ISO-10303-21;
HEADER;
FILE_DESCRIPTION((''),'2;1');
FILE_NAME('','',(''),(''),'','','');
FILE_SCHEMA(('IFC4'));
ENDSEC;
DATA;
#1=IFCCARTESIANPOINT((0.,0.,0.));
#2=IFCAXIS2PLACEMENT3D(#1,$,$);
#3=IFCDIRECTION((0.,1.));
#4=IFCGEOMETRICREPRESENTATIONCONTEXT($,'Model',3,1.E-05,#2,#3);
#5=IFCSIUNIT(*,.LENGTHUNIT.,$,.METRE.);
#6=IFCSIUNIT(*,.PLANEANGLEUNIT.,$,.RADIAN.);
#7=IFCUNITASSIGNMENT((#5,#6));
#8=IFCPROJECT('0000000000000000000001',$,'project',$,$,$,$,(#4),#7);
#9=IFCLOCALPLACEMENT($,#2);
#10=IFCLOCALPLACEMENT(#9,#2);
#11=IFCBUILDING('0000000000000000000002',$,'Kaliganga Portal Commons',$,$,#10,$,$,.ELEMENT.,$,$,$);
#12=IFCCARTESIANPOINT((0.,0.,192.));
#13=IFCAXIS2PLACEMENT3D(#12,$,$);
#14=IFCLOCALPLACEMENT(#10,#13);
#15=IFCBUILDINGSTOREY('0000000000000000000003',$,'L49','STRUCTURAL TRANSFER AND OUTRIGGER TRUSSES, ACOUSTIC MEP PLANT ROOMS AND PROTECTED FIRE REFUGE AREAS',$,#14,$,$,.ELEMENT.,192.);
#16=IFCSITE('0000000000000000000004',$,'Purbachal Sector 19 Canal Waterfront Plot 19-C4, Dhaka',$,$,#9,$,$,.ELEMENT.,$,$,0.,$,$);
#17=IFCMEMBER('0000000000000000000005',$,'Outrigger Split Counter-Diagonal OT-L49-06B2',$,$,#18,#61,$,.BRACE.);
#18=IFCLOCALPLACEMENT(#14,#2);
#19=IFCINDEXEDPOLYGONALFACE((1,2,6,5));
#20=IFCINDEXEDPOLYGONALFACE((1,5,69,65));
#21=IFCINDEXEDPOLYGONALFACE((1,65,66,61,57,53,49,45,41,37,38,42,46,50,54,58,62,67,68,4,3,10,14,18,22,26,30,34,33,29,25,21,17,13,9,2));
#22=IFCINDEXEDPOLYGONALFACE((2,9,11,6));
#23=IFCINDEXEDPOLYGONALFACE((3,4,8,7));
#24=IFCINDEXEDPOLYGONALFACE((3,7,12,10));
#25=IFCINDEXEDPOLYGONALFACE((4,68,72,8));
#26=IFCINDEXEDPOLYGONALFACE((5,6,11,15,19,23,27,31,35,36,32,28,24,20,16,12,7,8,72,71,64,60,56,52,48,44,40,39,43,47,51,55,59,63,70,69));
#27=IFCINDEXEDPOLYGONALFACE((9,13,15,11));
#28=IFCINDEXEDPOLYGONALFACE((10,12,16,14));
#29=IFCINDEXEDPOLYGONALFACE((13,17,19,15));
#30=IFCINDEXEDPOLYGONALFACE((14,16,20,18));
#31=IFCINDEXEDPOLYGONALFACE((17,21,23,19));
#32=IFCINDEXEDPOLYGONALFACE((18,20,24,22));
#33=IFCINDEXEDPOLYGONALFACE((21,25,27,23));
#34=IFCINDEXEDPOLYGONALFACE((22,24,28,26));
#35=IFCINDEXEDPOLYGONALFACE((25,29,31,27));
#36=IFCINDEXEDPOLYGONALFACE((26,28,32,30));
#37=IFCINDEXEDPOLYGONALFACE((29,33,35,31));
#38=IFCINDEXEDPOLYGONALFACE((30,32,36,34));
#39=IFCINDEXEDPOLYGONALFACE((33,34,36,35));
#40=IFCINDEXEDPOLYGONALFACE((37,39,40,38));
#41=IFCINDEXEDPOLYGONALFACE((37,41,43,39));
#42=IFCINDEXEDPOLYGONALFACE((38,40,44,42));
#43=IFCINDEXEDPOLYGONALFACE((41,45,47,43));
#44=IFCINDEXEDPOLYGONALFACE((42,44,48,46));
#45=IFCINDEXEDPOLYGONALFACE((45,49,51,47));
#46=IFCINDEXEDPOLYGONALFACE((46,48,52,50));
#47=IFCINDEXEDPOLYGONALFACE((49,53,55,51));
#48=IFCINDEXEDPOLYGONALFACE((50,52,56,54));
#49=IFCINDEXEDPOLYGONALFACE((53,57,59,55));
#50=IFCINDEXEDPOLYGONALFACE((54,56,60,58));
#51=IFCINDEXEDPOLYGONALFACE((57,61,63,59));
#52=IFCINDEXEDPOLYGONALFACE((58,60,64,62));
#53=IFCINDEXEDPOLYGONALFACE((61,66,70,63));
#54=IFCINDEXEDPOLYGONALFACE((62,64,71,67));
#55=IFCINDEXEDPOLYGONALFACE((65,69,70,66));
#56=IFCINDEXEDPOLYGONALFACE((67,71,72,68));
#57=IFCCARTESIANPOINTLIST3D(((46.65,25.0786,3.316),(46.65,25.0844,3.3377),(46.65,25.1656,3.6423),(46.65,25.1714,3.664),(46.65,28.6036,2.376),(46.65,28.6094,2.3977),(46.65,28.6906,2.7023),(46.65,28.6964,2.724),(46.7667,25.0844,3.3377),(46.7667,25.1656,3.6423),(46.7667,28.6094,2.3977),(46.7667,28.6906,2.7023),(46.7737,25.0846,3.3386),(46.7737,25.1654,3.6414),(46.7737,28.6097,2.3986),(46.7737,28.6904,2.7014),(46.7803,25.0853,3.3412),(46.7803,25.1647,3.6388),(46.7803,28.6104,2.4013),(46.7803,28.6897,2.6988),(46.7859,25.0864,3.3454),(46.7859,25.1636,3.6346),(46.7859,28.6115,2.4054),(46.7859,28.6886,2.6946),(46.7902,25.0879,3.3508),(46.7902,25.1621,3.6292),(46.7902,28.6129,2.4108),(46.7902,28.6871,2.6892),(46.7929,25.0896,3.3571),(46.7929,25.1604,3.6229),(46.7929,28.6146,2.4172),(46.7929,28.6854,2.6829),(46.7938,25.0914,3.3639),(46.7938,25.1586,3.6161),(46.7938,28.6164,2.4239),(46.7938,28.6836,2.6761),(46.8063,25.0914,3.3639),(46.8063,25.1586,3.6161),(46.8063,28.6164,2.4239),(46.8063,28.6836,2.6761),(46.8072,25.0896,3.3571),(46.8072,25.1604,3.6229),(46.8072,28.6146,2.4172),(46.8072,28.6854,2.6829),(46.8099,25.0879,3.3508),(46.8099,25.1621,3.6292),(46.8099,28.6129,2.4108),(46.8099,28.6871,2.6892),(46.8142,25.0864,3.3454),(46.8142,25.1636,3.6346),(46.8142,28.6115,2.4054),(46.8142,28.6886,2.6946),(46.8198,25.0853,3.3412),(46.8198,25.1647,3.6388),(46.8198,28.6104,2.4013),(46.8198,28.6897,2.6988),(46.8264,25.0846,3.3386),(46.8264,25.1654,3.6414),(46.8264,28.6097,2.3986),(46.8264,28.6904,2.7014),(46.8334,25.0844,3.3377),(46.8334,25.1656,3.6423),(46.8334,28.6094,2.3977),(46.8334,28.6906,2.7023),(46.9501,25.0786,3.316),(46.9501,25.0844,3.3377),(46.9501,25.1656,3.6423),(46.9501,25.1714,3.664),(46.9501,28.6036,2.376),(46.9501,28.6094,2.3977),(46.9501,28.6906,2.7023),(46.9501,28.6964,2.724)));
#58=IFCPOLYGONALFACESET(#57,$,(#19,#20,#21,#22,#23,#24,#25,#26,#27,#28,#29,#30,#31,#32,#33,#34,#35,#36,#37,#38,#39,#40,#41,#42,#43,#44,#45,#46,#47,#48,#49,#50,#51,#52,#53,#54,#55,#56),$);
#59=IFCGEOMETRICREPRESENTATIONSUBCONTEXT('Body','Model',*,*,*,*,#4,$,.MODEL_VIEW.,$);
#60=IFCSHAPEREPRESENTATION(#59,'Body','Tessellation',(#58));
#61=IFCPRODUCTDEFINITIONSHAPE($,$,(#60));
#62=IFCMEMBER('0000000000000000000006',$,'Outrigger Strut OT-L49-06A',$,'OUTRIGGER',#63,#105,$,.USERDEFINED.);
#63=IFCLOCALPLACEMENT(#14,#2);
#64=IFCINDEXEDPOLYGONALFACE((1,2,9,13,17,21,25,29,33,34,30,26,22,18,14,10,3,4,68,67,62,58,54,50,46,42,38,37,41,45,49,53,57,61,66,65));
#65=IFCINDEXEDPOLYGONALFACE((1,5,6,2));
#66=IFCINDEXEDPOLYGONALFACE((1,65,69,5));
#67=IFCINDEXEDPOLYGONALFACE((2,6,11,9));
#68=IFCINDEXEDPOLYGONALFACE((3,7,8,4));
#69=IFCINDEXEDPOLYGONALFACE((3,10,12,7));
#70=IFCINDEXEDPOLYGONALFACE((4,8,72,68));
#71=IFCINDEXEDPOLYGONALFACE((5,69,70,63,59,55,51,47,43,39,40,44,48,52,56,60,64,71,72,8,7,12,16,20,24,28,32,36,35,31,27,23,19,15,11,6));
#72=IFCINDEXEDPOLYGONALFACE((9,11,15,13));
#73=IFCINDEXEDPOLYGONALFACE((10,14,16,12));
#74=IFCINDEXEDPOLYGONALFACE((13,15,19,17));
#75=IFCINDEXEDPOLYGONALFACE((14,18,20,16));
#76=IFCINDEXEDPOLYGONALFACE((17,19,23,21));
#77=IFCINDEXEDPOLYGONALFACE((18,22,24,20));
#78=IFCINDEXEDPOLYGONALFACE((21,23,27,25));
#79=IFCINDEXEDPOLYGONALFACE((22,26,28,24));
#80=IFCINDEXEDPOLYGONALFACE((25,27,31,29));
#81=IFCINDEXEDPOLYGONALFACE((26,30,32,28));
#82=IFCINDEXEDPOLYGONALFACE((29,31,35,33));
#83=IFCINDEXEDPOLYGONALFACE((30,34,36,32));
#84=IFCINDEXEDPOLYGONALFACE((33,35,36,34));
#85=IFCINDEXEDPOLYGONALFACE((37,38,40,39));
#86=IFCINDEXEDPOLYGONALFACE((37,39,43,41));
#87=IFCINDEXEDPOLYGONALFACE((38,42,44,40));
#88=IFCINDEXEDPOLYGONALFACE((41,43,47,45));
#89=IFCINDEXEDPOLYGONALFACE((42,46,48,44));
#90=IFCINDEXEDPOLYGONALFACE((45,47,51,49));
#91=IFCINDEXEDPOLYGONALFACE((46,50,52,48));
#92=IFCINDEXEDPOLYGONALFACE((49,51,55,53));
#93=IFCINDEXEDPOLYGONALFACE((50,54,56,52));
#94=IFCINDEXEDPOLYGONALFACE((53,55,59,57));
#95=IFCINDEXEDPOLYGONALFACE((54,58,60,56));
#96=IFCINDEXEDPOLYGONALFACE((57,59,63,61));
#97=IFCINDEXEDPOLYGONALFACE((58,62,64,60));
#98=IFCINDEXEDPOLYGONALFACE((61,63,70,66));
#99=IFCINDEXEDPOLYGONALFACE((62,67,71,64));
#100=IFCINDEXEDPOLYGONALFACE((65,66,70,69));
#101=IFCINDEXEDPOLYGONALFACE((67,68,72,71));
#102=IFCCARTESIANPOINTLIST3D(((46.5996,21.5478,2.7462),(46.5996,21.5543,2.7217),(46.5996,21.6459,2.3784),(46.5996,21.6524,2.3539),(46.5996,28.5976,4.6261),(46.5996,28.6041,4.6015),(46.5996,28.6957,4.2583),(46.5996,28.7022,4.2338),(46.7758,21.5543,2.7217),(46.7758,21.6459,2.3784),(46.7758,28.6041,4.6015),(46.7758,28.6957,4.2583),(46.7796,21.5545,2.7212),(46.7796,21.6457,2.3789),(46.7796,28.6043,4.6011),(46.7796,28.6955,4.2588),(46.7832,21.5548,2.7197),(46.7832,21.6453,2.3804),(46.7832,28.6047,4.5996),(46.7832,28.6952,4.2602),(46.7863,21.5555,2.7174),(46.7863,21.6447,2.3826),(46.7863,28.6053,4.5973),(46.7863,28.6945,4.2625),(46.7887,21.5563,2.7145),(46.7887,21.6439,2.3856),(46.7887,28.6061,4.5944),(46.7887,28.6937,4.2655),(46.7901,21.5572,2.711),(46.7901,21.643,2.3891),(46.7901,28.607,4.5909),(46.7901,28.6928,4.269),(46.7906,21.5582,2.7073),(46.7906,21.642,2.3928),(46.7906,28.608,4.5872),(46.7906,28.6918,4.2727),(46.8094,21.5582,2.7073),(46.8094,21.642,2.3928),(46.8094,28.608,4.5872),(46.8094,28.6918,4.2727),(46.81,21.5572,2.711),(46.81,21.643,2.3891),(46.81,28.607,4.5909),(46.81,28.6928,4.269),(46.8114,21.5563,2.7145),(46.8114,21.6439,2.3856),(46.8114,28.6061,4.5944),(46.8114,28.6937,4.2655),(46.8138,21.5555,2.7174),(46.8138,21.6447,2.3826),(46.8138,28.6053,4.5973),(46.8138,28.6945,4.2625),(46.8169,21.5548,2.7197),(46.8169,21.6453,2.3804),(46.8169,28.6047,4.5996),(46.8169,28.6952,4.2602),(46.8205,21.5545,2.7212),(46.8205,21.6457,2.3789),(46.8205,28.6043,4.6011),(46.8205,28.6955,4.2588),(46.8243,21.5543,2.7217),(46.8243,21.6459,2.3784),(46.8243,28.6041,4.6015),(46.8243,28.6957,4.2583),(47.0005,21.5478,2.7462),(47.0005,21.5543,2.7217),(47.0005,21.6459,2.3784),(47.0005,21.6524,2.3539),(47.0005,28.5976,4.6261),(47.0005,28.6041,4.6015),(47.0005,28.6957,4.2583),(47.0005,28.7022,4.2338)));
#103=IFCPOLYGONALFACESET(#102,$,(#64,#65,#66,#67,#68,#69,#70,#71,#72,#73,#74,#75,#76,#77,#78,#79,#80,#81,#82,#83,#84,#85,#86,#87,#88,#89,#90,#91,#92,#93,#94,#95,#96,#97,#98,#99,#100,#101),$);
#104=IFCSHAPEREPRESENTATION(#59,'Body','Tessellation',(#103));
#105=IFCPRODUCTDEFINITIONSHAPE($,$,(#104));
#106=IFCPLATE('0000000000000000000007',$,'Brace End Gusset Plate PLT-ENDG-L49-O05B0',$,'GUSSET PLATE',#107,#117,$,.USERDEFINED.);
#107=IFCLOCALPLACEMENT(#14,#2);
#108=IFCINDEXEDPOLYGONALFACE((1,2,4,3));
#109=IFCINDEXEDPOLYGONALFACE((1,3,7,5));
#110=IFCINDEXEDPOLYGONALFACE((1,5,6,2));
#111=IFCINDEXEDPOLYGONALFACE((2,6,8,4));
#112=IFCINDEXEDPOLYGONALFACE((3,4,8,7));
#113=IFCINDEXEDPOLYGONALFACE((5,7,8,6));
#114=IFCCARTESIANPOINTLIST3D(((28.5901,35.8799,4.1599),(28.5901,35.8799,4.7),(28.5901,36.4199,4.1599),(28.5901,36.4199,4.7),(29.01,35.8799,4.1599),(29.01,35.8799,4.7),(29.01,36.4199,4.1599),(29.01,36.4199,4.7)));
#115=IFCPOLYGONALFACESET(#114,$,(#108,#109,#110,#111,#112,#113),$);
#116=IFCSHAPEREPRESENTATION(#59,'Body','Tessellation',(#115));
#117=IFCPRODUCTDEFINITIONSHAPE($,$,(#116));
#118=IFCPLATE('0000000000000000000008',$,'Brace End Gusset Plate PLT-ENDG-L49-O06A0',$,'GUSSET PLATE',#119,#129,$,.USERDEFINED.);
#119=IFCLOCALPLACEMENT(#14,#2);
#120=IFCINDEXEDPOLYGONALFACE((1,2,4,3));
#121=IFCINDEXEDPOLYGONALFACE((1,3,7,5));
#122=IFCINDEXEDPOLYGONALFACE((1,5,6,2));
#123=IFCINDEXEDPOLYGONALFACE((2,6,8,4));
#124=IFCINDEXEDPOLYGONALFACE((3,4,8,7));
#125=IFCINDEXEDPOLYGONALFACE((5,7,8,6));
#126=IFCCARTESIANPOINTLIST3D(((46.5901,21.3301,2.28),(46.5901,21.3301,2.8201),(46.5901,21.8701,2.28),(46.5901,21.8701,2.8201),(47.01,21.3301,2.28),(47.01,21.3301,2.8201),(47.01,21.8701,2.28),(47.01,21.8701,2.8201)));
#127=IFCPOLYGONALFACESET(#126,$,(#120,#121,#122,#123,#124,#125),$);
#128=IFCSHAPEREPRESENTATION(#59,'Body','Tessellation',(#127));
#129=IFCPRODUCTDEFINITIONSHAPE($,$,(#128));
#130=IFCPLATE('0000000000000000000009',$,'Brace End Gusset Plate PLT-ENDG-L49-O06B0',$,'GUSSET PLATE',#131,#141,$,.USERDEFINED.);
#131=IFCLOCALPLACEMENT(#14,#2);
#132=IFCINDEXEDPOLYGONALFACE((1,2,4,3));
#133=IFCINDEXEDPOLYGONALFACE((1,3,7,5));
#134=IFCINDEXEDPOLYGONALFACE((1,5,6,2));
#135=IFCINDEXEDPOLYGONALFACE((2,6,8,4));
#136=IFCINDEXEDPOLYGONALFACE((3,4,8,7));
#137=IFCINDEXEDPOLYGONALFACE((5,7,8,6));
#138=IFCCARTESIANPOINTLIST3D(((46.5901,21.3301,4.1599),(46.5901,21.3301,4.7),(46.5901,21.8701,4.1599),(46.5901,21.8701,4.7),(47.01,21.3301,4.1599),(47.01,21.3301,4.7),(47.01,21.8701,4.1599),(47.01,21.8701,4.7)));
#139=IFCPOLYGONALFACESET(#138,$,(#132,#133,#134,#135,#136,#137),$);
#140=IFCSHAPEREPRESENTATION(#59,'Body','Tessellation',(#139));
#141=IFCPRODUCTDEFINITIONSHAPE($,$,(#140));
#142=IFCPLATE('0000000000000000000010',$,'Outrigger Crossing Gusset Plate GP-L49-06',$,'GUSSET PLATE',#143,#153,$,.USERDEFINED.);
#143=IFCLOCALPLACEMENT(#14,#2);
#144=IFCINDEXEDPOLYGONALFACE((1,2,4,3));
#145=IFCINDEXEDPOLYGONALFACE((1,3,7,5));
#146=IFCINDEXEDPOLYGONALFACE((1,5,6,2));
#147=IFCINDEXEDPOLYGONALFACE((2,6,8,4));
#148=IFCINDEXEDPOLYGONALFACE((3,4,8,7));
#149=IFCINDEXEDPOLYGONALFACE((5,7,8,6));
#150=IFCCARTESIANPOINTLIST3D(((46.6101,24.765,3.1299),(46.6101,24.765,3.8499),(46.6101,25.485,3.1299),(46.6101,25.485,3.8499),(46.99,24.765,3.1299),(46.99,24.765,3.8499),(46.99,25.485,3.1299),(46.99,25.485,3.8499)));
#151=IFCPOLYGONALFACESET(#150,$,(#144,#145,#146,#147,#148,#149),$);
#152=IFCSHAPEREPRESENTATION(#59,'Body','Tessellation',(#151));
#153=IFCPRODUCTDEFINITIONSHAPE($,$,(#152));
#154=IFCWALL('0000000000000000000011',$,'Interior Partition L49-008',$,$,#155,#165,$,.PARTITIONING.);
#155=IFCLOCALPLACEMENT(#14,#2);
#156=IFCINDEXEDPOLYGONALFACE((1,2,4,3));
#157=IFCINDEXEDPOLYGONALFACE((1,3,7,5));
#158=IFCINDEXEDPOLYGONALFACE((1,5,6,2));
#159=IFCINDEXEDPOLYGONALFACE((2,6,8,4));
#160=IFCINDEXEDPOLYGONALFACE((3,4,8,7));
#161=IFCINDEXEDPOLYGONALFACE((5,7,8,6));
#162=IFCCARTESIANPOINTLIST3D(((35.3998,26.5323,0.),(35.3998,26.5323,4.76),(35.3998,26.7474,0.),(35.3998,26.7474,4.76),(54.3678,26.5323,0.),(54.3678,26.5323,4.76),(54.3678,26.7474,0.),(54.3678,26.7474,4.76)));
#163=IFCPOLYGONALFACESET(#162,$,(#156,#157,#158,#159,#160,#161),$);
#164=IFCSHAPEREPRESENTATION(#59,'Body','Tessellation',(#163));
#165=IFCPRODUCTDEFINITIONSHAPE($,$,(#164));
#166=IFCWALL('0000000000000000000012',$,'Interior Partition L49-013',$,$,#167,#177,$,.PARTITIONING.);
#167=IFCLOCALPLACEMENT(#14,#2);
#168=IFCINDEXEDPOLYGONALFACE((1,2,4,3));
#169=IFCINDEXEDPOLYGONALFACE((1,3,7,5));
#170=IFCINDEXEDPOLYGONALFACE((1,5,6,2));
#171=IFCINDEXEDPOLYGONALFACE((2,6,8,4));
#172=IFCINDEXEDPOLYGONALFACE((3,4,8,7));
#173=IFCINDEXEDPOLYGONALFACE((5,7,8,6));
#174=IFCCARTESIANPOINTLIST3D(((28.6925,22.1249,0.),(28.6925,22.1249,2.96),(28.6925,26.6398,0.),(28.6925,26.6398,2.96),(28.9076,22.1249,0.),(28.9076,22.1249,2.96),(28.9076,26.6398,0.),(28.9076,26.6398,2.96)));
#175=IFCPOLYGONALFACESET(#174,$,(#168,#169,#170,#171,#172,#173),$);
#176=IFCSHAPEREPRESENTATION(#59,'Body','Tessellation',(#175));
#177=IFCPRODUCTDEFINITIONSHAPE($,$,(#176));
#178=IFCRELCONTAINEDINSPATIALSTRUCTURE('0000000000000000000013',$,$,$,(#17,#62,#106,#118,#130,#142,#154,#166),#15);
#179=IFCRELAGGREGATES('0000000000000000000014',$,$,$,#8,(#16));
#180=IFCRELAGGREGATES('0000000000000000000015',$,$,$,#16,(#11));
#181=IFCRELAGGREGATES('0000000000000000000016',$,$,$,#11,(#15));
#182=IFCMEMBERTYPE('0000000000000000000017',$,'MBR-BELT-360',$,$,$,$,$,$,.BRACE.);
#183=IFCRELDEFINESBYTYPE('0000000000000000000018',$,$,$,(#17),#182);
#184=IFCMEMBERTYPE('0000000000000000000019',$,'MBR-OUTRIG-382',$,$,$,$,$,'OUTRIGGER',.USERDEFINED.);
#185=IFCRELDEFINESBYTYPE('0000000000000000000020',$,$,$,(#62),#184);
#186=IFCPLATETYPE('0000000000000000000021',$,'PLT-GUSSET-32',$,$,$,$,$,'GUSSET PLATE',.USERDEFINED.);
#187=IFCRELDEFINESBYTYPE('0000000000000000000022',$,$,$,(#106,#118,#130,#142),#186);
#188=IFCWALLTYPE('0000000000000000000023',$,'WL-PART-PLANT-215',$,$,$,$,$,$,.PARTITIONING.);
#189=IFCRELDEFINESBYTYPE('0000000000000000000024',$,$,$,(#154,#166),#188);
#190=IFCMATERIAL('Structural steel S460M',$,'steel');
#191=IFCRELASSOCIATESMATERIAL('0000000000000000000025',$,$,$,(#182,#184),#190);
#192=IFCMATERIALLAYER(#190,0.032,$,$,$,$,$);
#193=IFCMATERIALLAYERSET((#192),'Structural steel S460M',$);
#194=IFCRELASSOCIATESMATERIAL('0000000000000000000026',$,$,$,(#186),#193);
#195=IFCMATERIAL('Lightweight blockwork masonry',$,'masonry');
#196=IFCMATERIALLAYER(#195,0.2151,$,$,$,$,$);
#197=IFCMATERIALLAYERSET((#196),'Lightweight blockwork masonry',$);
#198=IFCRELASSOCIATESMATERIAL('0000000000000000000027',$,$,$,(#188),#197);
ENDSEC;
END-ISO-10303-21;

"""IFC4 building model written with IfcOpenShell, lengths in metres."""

from ifc_helpers import new_model, si_unit, direction, frame, frame_2d, origin, origin_2d, place, context, subcontext, project, spatial, rectangle, i_section, extrude, source, transform, mapped, material, layer, layer_set, material_profile, profile_set, type_object, element, save


model = new_model("IFC4")

# Units and contexts
model_context = context("Model", 3, precision=1e-05, world=origin(), true_north=direction((0.0, 1.0)))
body_context = subcontext(model_context, "Body", "Model", "MODEL_VIEW")
ifc_project = project(units=[si_unit("LENGTHUNIT", "METRE"), si_unit("PLANEANGLEUNIT", "RADIAN")], contexts=[model_context])

# Site, building, storey
site_placement = place(None, origin())
site = spatial("IfcSite", under=ifc_project, at=site_placement, Name="Purbachal Sector 19 Canal Waterfront Plot 19-C4, Dhaka", CompositionType="ELEMENT", RefElevation=0.0)
building_placement = place(site_placement, origin())
building = spatial("IfcBuilding", under=site, at=building_placement, Name="Kaliganga Portal Commons", CompositionType="ELEMENT")
storey_placement = place(building_placement, frame((0.0, 0.0, 192.0)))
storey = spatial("IfcBuildingStorey", under=building, at=storey_placement, Name="L49", Description="STRUCTURAL TRANSFER AND OUTRIGGER TRUSSES, ACOUSTIC MEP PLANT ROOMS AND PROTECTED FIRE REFUGE AREAS", CompositionType="ELEMENT", Elevation=192.0)

# Members
ifc_material_1 = material(Name="Structural steel S460M", Category="steel")
ifc_material_profile_1 = material_profile(ifc_material_1, i_section(OverallWidth=0.3, OverallDepth=0.3601, WebThickness=0.0125, FlangeThickness=0.0225, FilletRadius=0.0271, at=origin_2d()), Name="HE 360 B")
ifc_profile_set_1 = profile_set([ifc_material_profile_1], Name="Structural steel S460M wide-flange")
member_type_1 = type_object("IfcMemberType", Name="MBR-BELT-360", PredefinedType="BRACE", material=ifc_profile_set_1)
shared_shape_1 = source(origin(), body_context, "Body", "SweptSolid", [
    extrude(i_section(OverallWidth=0.3, OverallDepth=0.3601, WebThickness=0.0125, FlangeThickness=0.0225, FilletRadius=0.0271, at=origin_2d()), origin(), (0.0, 0.0, 1.0), 3.6482),
])
for number, where, z_axis, x_axis, name in (
    (1, (46.8, 25.125, 3.49), (0.0, 0.966237, -0.257654), (-1.0, 0.0, 0.0), "Outrigger Split Counter-Diagonal OT-L49-06B2"),
):
    element("IfcMember", number, at=place(storey_placement, frame(where, z_axis=z_axis, x_axis=x_axis)), inside=storey, type_object=member_type_1, Name=name, PredefinedType="BRACE", context=body_context, shape_type="MappedRepresentation", body=[
        mapped(shared_shape_1, transform((0.0, 0.0, 0.0), x_axis=(1.0, 0.0, 0.0), y_axis=(0.0, 1.0, 0.0), z_axis=(0.0, 0.0, 1.0), scale=1.0)),
    ])
ifc_material_profile_2 = material_profile(ifc_material_1, i_section(OverallWidth=0.4009, OverallDepth=0.406, WebThickness=0.0188, FlangeThickness=0.0254, FilletRadius=0.0149, at=origin_2d()), Name="HD 400x314")
ifc_profile_set_2 = profile_set([ifc_material_profile_2], Name="Structural steel S460M wide-flange")
member_type_2 = type_object("IfcMemberType", Name="MBR-OUTRIG-382", ElementType="OUTRIGGER", PredefinedType="USERDEFINED", material=ifc_profile_set_2)
shared_shape_2 = source(origin(), body_context, "Body", "SweptSolid", [
    extrude(i_section(OverallWidth=0.4009, OverallDepth=0.406, WebThickness=0.0188, FlangeThickness=0.0254, FilletRadius=0.0149, at=origin_2d()), origin(), (0.0, 0.0, 1.0), 7.2961),
])
member_placement = place(storey_placement, frame((46.8, 21.6001, 2.55), z_axis=(0.0, 0.966237, 0.257654), x_axis=(-1.0, 0.0, 0.0)))
element("IfcMember", 2, at=member_placement, inside=storey, type_object=member_type_2, Name="Outrigger Strut OT-L49-06A", ObjectType="OUTRIGGER", PredefinedType="USERDEFINED", context=body_context, shape_type="MappedRepresentation", body=[
    mapped(shared_shape_2, transform((0.0, 0.0, 0.0), x_axis=(1.0, 0.0, 0.0), y_axis=(0.0, 1.0, 0.0), z_axis=(0.0, 0.0, 1.0), scale=1.0)),
])

# Plates
ifc_layer_1 = layer(ifc_material_1, 0.032)
ifc_layer_set_1 = layer_set([ifc_layer_1], Name="Structural steel S460M")
plate_type = type_object("IfcPlateType", Name="PLT-GUSSET-32", ElementType="GUSSET PLATE", PredefinedType="USERDEFINED", material=ifc_layer_set_1)
shared_shape_3 = source(origin(), body_context, "Body", "SweptSolid", [
    extrude(rectangle(XDim=0.54, YDim=0.4199, at=origin_2d()), origin(), (0.0, 0.0, 1.0), 0.54),
])
for number, where, z_axis, x_axis, name in (
    (3, (28.8, 36.1499, 4.1599), (0.0, 0.0, 1.0), (0.0, 1.0, 0.0), "Brace End Gusset Plate PLT-ENDG-L49-O05B0"),
    (4, (46.8, 21.6001, 2.28), (0.0, 0.0, 1.0), (0.0, 1.0, 0.0), "Brace End Gusset Plate PLT-ENDG-L49-O06A0"),
    (5, (46.8, 21.6001, 4.1599), (0.0, 0.0, 1.0), (0.0, 1.0, 0.0), "Brace End Gusset Plate PLT-ENDG-L49-O06B0"),
):
    element("IfcPlate", number, at=place(storey_placement, frame(where, z_axis=z_axis, x_axis=x_axis)), inside=storey, type_object=plate_type, Name=name, ObjectType="GUSSET PLATE", PredefinedType="USERDEFINED", context=body_context, shape_type="MappedRepresentation", body=[
        mapped(shared_shape_3, transform((0.0, 0.0, 0.0), x_axis=(1.0, 0.0, 0.0), y_axis=(0.0, 1.0, 0.0), z_axis=(0.0, 0.0, 1.0), scale=1.0)),
    ])
shared_shape_4 = source(origin(), body_context, "Body", "SweptSolid", [
    extrude(rectangle(XDim=0.72, YDim=0.3799, at=origin_2d()), origin(), (0.0, 0.0, 1.0), 0.72),
])
plate_placement = place(storey_placement, frame((46.8, 25.125, 3.1299), z_axis=(0.0, 0.0, 1.0), x_axis=(0.0, 1.0, 0.0)))
element("IfcPlate", 6, at=plate_placement, inside=storey, type_object=plate_type, Name="Outrigger Crossing Gusset Plate GP-L49-06", ObjectType="GUSSET PLATE", PredefinedType="USERDEFINED", context=body_context, shape_type="MappedRepresentation", body=[
    mapped(shared_shape_4, transform((0.0, 0.0, 0.0), x_axis=(1.0, 0.0, 0.0), y_axis=(0.0, 1.0, 0.0), z_axis=(0.0, 0.0, 1.0), scale=1.0)),
])

# Walls
ifc_material_2 = material(Name="Lightweight blockwork masonry", Category="masonry")
ifc_layer_2 = layer(ifc_material_2, 0.2151)
ifc_layer_set_2 = layer_set([ifc_layer_2], Name="Lightweight blockwork masonry")
wall_type = type_object("IfcWallType", Name="WL-PART-PLANT-215", PredefinedType="PARTITIONING", material=ifc_layer_set_2)
wall_1_placement = place(storey_placement, frame((35.3999, 26.6399, 0.0), z_axis=(0.0, 0.0, 1.0), x_axis=(1.0, 0.0, 0.0)))
element("IfcWall", 7, at=wall_1_placement, inside=storey, type_object=wall_type, Name="Interior Partition L49-008", PredefinedType="PARTITIONING", context=body_context, shape_type="SweptSolid", body=[
    extrude(rectangle(XDim=18.968, YDim=0.2151, at=frame_2d((9.4839, 0.0))), origin(), (0.0, 0.0, 1.0), 4.76),
])
wall_2_placement = place(storey_placement, frame((28.8, 22.125, 0.0), z_axis=(0.0, 0.0, 1.0), x_axis=(0.0, 1.0, 0.0)))
element("IfcWall", 8, at=wall_2_placement, inside=storey, type_object=wall_type, Name="Interior Partition L49-013", PredefinedType="PARTITIONING", context=body_context, shape_type="SweptSolid", body=[
    extrude(rectangle(XDim=4.5149, YDim=0.2151, at=frame_2d((2.2573, 0.0))), origin(), (0.0, 0.0, 1.0), 2.96),
])

save(model, "model.ifc")
